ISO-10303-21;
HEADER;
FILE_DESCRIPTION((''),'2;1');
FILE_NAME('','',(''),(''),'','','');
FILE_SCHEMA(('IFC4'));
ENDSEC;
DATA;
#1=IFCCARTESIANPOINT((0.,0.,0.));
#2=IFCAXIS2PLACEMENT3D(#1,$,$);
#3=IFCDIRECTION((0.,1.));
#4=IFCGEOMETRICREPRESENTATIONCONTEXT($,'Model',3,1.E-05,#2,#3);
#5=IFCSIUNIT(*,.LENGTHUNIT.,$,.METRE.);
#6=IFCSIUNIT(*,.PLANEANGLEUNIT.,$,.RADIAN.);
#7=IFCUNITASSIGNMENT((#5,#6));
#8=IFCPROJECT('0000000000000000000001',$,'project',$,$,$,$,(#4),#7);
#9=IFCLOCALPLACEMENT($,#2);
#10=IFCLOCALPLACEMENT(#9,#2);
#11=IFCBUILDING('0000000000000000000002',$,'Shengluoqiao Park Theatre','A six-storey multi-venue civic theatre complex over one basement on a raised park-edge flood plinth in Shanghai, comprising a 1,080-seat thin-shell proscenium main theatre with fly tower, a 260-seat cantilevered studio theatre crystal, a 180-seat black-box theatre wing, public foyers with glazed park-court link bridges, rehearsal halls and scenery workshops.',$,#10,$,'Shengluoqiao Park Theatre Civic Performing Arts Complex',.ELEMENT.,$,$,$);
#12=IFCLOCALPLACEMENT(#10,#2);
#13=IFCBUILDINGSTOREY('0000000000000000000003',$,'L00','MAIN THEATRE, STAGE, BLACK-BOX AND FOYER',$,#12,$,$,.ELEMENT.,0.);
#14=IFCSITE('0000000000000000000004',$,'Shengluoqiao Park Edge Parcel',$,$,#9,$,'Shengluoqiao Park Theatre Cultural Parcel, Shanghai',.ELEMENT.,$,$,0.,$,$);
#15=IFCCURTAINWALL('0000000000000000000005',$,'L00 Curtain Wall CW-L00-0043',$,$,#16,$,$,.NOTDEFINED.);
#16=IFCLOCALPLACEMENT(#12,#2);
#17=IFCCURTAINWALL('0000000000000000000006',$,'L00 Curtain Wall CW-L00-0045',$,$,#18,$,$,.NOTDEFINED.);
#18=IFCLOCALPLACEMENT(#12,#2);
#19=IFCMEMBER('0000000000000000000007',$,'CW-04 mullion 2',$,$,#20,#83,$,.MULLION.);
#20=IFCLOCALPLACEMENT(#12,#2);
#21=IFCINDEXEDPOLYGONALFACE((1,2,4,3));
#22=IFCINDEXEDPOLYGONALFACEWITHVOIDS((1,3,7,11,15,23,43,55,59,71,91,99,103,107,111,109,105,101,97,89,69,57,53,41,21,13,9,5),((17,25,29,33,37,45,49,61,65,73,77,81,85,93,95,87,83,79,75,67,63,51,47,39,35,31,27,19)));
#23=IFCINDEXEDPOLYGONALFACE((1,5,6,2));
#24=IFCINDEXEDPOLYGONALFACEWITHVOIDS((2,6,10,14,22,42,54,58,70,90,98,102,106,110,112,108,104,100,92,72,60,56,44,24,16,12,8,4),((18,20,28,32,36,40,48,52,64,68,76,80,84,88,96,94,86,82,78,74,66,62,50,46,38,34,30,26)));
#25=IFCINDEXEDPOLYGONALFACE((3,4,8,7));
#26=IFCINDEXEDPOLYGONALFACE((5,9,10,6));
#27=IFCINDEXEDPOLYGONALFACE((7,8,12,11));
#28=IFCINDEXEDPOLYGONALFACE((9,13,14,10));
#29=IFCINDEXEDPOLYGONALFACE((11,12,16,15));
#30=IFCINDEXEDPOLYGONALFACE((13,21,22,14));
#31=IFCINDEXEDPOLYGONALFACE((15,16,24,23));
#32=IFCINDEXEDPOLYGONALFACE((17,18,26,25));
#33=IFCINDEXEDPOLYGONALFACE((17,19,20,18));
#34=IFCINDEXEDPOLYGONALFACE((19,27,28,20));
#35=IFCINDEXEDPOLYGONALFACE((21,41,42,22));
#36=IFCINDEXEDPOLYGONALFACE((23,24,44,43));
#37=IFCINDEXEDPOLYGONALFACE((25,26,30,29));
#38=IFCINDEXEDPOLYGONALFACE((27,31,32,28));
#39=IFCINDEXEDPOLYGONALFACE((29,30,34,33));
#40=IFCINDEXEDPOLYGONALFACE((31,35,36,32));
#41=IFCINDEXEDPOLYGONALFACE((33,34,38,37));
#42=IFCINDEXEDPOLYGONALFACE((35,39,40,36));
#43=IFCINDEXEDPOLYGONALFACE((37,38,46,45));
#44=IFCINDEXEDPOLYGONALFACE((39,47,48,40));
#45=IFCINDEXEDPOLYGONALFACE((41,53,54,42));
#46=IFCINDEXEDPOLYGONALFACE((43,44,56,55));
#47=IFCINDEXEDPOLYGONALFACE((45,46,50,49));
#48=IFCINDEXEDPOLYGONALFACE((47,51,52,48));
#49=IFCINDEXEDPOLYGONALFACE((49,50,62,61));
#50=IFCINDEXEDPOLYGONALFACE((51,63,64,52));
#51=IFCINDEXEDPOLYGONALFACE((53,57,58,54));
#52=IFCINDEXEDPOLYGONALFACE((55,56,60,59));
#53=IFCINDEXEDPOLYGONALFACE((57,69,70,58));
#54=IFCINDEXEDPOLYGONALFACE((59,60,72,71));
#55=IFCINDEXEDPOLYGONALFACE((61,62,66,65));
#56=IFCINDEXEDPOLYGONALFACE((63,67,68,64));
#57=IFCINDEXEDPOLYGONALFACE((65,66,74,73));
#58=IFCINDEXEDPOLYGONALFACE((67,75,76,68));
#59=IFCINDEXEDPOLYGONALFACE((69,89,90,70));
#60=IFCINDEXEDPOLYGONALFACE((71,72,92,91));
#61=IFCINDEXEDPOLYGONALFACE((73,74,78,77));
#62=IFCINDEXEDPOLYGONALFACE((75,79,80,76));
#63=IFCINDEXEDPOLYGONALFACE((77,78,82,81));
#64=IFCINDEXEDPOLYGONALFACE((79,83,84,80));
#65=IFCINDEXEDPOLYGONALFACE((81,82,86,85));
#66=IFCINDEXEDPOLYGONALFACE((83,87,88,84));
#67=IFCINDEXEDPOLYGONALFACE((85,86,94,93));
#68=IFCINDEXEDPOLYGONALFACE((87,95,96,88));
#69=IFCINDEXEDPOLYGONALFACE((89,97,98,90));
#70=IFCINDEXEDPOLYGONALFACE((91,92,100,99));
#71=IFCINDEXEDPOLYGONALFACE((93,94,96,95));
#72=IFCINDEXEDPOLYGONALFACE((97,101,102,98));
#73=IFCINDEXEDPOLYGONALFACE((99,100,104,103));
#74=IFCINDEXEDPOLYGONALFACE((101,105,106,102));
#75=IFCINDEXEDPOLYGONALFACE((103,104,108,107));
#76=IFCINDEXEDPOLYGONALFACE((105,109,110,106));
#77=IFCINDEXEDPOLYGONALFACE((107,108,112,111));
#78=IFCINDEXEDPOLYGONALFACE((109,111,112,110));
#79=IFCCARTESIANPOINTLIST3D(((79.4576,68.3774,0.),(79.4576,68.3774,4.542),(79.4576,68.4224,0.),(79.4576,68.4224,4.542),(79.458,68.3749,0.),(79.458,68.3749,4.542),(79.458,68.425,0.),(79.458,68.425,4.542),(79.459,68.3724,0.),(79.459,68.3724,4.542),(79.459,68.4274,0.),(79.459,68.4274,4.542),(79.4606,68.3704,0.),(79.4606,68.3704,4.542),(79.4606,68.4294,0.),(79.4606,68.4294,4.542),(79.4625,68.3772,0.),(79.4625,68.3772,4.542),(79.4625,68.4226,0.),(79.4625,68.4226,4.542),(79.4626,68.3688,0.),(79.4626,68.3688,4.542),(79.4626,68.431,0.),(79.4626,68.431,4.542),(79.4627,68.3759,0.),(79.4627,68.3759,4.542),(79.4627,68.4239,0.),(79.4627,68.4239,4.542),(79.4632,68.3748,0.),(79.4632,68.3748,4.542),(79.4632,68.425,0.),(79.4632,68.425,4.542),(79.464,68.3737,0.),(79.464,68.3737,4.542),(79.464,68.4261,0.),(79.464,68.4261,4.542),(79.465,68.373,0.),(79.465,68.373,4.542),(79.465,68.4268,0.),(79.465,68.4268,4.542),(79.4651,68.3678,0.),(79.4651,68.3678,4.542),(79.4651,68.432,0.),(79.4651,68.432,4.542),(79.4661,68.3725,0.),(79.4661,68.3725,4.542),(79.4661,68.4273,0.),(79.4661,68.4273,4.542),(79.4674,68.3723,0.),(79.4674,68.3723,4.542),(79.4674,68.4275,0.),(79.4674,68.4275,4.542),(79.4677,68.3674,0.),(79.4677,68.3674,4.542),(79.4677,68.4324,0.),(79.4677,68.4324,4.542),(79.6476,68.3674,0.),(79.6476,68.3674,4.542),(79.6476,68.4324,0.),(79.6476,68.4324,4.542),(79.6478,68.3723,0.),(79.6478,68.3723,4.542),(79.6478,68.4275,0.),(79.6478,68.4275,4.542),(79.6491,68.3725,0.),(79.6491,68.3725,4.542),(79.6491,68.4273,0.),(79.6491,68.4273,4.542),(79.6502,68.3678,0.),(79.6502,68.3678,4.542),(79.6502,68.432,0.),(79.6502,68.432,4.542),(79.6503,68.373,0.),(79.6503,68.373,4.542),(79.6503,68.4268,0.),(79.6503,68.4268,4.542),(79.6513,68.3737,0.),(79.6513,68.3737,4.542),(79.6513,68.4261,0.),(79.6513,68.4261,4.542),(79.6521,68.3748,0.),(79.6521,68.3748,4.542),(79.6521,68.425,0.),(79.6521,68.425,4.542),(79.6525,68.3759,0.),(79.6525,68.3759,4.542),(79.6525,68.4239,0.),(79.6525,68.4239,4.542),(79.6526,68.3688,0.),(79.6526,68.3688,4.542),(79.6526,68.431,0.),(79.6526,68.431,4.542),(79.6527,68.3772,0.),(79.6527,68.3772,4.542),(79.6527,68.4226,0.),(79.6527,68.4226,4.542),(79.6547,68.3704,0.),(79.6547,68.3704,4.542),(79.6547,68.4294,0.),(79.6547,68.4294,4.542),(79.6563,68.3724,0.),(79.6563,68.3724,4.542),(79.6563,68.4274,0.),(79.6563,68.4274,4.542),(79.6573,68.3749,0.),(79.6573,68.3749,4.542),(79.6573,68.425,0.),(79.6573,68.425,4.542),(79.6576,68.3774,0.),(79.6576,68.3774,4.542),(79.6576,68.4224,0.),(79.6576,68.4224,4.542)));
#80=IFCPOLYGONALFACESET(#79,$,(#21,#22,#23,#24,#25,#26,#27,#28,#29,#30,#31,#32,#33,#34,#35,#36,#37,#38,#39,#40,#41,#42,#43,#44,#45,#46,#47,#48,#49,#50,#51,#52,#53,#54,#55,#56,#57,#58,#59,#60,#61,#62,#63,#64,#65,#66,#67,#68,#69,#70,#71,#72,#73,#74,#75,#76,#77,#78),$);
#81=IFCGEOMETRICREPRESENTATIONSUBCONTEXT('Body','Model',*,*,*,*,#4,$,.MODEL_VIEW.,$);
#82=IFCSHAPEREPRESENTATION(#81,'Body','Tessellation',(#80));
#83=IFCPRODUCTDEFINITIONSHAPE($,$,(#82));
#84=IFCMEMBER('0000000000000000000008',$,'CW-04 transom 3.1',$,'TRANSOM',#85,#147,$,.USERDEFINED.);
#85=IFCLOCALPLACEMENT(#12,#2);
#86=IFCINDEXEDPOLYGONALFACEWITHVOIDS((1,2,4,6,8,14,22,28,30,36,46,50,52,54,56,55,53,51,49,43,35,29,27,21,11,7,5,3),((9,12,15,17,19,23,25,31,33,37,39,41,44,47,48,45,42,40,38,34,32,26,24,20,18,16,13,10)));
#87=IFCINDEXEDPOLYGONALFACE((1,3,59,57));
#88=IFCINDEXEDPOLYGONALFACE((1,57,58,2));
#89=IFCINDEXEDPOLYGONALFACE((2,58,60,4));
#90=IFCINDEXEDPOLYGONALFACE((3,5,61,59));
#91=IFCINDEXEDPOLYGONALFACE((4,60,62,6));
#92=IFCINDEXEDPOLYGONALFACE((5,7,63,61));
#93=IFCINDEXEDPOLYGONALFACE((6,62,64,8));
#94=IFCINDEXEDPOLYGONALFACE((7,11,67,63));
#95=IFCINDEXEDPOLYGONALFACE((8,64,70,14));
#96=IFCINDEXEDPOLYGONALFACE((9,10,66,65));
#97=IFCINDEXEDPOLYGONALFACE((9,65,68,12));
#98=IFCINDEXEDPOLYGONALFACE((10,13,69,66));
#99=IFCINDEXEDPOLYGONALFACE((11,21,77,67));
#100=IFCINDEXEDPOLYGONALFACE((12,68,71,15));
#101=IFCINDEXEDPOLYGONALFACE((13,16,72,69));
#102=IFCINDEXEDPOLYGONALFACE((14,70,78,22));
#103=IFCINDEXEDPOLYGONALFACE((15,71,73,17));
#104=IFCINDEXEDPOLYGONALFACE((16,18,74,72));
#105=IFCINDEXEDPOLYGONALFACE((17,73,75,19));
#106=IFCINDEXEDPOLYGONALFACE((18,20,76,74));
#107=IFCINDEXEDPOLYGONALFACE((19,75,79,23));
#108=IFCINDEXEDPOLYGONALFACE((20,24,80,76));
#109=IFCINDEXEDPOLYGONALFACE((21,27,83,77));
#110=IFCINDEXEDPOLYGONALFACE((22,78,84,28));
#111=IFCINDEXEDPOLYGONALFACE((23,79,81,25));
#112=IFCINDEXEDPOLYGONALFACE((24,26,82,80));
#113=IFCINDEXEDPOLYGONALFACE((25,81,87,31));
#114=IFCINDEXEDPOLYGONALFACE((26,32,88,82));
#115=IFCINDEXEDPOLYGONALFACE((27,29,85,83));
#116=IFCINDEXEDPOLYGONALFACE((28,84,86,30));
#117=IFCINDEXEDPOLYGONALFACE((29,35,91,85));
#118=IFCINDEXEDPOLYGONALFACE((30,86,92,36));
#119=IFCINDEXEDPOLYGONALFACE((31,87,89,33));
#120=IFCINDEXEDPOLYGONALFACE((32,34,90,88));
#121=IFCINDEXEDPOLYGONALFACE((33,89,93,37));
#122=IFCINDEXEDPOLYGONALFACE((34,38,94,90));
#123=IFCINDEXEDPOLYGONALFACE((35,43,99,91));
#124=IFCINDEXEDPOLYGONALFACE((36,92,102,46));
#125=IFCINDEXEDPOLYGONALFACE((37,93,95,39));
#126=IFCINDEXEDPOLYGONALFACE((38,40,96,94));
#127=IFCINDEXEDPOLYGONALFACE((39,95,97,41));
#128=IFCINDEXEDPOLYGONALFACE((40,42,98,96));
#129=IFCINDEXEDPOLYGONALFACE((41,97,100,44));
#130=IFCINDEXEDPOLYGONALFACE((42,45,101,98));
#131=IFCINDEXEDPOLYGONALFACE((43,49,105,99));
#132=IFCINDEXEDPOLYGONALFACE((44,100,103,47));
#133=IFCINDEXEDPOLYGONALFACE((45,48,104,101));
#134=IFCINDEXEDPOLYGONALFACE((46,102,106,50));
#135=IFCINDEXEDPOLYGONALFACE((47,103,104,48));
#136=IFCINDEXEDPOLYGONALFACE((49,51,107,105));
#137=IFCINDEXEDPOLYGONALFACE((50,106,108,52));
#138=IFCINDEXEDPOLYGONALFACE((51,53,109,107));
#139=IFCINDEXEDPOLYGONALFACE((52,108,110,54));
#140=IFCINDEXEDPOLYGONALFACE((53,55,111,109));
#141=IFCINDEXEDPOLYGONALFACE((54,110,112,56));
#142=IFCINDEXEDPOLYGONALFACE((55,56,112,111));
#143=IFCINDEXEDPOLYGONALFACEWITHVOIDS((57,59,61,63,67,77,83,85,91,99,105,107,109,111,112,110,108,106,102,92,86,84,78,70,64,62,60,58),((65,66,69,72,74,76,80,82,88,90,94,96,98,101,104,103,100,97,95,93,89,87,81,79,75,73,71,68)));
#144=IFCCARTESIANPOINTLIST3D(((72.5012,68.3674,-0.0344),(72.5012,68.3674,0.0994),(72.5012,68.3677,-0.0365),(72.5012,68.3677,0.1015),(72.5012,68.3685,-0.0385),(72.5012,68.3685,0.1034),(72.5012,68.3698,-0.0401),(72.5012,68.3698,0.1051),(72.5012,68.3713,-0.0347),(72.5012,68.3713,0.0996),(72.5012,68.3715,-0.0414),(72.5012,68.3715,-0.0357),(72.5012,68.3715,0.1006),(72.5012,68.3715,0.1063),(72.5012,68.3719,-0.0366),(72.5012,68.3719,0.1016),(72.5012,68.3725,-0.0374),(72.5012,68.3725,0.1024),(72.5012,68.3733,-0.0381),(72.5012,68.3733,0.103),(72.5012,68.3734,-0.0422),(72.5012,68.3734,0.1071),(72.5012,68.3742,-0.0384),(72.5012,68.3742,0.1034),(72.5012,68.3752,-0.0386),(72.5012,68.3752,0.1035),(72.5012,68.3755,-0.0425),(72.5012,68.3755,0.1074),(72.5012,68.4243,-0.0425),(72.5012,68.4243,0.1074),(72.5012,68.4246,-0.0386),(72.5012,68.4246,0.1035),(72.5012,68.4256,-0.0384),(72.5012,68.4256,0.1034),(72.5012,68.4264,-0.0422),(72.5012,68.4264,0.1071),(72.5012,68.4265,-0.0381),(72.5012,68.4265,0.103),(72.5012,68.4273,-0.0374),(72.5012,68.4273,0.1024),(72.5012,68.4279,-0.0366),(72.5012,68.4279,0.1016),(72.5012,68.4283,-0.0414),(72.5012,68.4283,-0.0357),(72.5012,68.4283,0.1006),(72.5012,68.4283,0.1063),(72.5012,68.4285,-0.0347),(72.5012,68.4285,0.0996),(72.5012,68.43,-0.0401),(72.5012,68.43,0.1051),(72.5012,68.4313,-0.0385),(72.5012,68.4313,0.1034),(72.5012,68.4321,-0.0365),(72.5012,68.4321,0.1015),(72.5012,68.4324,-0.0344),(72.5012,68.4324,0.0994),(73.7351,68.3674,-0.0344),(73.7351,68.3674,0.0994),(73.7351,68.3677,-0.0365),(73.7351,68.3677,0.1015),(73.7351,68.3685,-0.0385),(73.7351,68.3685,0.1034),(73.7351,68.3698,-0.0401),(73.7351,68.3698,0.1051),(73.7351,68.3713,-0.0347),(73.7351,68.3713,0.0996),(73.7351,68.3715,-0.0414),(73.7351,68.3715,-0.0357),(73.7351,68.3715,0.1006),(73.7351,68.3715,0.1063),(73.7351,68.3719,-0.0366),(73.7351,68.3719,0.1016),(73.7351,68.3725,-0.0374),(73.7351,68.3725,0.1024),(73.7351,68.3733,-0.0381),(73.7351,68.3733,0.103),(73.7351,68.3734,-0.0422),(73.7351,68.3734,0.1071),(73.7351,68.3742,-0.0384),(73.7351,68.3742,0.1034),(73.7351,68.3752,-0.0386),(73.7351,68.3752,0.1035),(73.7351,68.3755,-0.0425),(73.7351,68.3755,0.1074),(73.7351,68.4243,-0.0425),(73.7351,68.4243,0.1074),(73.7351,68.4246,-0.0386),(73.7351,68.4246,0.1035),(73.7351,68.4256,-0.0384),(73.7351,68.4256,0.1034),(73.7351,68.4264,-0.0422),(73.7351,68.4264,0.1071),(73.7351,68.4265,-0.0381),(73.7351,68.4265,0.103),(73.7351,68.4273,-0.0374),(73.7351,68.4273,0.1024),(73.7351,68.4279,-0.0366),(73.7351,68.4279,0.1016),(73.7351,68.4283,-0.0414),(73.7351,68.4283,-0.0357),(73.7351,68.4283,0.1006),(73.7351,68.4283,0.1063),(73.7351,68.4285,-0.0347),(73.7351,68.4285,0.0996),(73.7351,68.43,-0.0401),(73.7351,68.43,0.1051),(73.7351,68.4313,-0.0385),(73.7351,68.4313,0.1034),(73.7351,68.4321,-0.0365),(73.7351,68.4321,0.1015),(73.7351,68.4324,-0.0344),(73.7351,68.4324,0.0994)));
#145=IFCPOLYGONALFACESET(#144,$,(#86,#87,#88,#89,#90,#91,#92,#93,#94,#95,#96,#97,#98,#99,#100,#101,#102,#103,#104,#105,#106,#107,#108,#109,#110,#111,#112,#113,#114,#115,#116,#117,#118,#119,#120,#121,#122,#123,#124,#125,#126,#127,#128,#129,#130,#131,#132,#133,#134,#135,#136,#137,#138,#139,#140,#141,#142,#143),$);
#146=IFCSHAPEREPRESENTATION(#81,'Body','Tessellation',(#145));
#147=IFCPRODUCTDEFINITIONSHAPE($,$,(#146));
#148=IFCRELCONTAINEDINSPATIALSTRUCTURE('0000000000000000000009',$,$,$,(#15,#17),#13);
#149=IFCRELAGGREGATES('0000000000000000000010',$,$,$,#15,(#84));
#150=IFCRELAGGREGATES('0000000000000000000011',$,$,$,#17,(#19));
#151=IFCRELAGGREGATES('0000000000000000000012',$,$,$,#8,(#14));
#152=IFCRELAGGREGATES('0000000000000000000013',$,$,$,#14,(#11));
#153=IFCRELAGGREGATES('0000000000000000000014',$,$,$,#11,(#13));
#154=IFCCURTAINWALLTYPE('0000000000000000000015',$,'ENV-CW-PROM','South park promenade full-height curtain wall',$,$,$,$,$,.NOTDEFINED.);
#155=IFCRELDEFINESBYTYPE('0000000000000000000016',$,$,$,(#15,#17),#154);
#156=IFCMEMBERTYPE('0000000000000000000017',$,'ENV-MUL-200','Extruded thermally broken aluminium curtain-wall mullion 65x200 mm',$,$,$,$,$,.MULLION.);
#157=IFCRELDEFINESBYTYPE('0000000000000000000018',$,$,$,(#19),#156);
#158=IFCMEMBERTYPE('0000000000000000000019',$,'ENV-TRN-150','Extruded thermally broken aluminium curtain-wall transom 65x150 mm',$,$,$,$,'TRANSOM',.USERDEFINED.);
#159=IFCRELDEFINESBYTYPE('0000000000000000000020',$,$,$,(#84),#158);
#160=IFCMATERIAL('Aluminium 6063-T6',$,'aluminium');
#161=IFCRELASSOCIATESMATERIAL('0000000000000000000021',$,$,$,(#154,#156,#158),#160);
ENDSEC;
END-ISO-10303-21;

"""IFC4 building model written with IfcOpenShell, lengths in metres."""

from ifc_helpers import new_model, si_unit, direction, frame, origin, origin_2d, place, context, subcontext, project, spatial, hollow_rectangle, extrude, material, material_profile, profile_set, type_object, element, aggregate, save


model = new_model("IFC4")

# Units and contexts
model_context = context("Model", 3, precision=1e-05, world=origin(), true_north=direction((0.0, 1.0)))
body_context = subcontext(model_context, "Body", "Model", "MODEL_VIEW")
ifc_project = project(units=[si_unit("LENGTHUNIT", "METRE"), si_unit("PLANEANGLEUNIT", "RADIAN")], contexts=[model_context])

# Site, building, storey
site_placement = place(None, origin())
site = spatial("IfcSite", under=ifc_project, at=site_placement, Name="Shengluoqiao Park Edge Parcel", LongName="Shengluoqiao Park Theatre Cultural Parcel, Shanghai", CompositionType="ELEMENT", RefElevation=0.0)
building_placement = place(site_placement, origin())
building = spatial("IfcBuilding", under=site, at=building_placement, Name="Shengluoqiao Park Theatre", Description="A six-storey multi-venue civic theatre complex over one basement on a raised park-edge flood plinth in Shanghai, comprising a 1,080-seat thin-shell proscenium main theatre with fly tower, a 260-seat cantilevered studio theatre crystal, a 180-seat black-box theatre wing, public foyers with glazed park-court link bridges, rehearsal halls and scenery workshops.", LongName="Shengluoqiao Park Theatre Civic Performing Arts Complex", CompositionType="ELEMENT")
storey_placement = place(building_placement, origin())
storey = spatial("IfcBuildingStorey", under=building, at=storey_placement, Name="L00", Description="MAIN THEATRE, STAGE, BLACK-BOX AND FOYER", CompositionType="ELEMENT", Elevation=0.0)

# Curtain wall
ifc_material_1 = material(Name="Aluminium 6063-T6", Category="aluminium")
curtain_wall_type = type_object("IfcCurtainWallType", Name="ENV-CW-PROM", Description="South park promenade full-height curtain wall", PredefinedType="NOTDEFINED", material=ifc_material_1)
curtain_wall_1_placement = place(storey_placement, origin())
curtain_wall_1 = element("IfcCurtainWall", 1, at=curtain_wall_1_placement, inside=storey, type_object=curtain_wall_type, Name="L00 Curtain Wall CW-L00-0043", PredefinedType="NOTDEFINED")
ifc_material_profile_1 = material_profile(ifc_material_1, hollow_rectangle(XDim=0.0649, YDim=0.2, WallThickness=0.0049, InnerFilletRadius=0.0049, OuterFilletRadius=0.01, at=origin_2d()), Name="ALU MULLION 200x65x5")
ifc_profile_set_1 = profile_set([ifc_material_profile_1], Name="Aluminium 6063-T6")
member_type_1 = type_object("IfcMemberType", Name="ENV-MUL-200", Description="Extruded thermally broken aluminium curtain-wall mullion 65x200 mm", PredefinedType="MULLION", material=ifc_profile_set_1)

# Curtain wall, member
curtain_wall_2_placement = place(storey_placement, origin())
curtain_wall_2 = element("IfcCurtainWall", 2, at=curtain_wall_2_placement, inside=storey, type_object=curtain_wall_type, Name="L00 Curtain Wall CW-L00-0045", PredefinedType="NOTDEFINED")
member_1_placement = place(storey_placement, frame((79.5576, 68.3999, 0.0), z_axis=(0.0, 0.0, 1.0), x_axis=(0.0, 1.0, 0.0)))
member_1 = element("IfcMember", 3, at=member_1_placement, type_object=member_type_1, Name="CW-04 mullion 2", PredefinedType="MULLION", context=body_context, shape_type="SweptSolid", body=[
    extrude(hollow_rectangle(XDim=0.0649, YDim=0.2, WallThickness=0.0049, InnerFilletRadius=0.0049, OuterFilletRadius=0.01, at=origin_2d()), origin(), (0.0, 0.0, 1.0), 4.542),
])

# Member
ifc_material_profile_2 = material_profile(ifc_material_1, hollow_rectangle(XDim=0.0649, YDim=0.1499, WallThickness=0.0039, InnerFilletRadius=0.0039, OuterFilletRadius=0.0081, at=origin_2d()), Name="ALU TRANSOM 150x65x4")
ifc_profile_set_2 = profile_set([ifc_material_profile_2], Name="Aluminium 6063-T6")
member_type_2 = type_object("IfcMemberType", Name="ENV-TRN-150", Description="Extruded thermally broken aluminium curtain-wall transom 65x150 mm", ElementType="TRANSOM", PredefinedType="USERDEFINED", material=ifc_profile_set_2)
member_2_placement = place(storey_placement, frame((72.5012, 68.3999, 0.0325), z_axis=(1.0, 0.0, 0.0), x_axis=(0.0, 1.0, 0.0)))
member_2 = element("IfcMember", 4, at=member_2_placement, type_object=member_type_2, Name="CW-04 transom 3.1", ObjectType="TRANSOM", PredefinedType="USERDEFINED", context=body_context, shape_type="SweptSolid", body=[
    extrude(hollow_rectangle(XDim=0.0649, YDim=0.1499, WallThickness=0.0039, InnerFilletRadius=0.0039, OuterFilletRadius=0.0081, at=origin_2d()), origin(), (0.0, 0.0, 1.0), 1.2339),
])

aggregate(curtain_wall_1, [member_2])
aggregate(curtain_wall_2, [member_1])

save(model, "model.ifc")
